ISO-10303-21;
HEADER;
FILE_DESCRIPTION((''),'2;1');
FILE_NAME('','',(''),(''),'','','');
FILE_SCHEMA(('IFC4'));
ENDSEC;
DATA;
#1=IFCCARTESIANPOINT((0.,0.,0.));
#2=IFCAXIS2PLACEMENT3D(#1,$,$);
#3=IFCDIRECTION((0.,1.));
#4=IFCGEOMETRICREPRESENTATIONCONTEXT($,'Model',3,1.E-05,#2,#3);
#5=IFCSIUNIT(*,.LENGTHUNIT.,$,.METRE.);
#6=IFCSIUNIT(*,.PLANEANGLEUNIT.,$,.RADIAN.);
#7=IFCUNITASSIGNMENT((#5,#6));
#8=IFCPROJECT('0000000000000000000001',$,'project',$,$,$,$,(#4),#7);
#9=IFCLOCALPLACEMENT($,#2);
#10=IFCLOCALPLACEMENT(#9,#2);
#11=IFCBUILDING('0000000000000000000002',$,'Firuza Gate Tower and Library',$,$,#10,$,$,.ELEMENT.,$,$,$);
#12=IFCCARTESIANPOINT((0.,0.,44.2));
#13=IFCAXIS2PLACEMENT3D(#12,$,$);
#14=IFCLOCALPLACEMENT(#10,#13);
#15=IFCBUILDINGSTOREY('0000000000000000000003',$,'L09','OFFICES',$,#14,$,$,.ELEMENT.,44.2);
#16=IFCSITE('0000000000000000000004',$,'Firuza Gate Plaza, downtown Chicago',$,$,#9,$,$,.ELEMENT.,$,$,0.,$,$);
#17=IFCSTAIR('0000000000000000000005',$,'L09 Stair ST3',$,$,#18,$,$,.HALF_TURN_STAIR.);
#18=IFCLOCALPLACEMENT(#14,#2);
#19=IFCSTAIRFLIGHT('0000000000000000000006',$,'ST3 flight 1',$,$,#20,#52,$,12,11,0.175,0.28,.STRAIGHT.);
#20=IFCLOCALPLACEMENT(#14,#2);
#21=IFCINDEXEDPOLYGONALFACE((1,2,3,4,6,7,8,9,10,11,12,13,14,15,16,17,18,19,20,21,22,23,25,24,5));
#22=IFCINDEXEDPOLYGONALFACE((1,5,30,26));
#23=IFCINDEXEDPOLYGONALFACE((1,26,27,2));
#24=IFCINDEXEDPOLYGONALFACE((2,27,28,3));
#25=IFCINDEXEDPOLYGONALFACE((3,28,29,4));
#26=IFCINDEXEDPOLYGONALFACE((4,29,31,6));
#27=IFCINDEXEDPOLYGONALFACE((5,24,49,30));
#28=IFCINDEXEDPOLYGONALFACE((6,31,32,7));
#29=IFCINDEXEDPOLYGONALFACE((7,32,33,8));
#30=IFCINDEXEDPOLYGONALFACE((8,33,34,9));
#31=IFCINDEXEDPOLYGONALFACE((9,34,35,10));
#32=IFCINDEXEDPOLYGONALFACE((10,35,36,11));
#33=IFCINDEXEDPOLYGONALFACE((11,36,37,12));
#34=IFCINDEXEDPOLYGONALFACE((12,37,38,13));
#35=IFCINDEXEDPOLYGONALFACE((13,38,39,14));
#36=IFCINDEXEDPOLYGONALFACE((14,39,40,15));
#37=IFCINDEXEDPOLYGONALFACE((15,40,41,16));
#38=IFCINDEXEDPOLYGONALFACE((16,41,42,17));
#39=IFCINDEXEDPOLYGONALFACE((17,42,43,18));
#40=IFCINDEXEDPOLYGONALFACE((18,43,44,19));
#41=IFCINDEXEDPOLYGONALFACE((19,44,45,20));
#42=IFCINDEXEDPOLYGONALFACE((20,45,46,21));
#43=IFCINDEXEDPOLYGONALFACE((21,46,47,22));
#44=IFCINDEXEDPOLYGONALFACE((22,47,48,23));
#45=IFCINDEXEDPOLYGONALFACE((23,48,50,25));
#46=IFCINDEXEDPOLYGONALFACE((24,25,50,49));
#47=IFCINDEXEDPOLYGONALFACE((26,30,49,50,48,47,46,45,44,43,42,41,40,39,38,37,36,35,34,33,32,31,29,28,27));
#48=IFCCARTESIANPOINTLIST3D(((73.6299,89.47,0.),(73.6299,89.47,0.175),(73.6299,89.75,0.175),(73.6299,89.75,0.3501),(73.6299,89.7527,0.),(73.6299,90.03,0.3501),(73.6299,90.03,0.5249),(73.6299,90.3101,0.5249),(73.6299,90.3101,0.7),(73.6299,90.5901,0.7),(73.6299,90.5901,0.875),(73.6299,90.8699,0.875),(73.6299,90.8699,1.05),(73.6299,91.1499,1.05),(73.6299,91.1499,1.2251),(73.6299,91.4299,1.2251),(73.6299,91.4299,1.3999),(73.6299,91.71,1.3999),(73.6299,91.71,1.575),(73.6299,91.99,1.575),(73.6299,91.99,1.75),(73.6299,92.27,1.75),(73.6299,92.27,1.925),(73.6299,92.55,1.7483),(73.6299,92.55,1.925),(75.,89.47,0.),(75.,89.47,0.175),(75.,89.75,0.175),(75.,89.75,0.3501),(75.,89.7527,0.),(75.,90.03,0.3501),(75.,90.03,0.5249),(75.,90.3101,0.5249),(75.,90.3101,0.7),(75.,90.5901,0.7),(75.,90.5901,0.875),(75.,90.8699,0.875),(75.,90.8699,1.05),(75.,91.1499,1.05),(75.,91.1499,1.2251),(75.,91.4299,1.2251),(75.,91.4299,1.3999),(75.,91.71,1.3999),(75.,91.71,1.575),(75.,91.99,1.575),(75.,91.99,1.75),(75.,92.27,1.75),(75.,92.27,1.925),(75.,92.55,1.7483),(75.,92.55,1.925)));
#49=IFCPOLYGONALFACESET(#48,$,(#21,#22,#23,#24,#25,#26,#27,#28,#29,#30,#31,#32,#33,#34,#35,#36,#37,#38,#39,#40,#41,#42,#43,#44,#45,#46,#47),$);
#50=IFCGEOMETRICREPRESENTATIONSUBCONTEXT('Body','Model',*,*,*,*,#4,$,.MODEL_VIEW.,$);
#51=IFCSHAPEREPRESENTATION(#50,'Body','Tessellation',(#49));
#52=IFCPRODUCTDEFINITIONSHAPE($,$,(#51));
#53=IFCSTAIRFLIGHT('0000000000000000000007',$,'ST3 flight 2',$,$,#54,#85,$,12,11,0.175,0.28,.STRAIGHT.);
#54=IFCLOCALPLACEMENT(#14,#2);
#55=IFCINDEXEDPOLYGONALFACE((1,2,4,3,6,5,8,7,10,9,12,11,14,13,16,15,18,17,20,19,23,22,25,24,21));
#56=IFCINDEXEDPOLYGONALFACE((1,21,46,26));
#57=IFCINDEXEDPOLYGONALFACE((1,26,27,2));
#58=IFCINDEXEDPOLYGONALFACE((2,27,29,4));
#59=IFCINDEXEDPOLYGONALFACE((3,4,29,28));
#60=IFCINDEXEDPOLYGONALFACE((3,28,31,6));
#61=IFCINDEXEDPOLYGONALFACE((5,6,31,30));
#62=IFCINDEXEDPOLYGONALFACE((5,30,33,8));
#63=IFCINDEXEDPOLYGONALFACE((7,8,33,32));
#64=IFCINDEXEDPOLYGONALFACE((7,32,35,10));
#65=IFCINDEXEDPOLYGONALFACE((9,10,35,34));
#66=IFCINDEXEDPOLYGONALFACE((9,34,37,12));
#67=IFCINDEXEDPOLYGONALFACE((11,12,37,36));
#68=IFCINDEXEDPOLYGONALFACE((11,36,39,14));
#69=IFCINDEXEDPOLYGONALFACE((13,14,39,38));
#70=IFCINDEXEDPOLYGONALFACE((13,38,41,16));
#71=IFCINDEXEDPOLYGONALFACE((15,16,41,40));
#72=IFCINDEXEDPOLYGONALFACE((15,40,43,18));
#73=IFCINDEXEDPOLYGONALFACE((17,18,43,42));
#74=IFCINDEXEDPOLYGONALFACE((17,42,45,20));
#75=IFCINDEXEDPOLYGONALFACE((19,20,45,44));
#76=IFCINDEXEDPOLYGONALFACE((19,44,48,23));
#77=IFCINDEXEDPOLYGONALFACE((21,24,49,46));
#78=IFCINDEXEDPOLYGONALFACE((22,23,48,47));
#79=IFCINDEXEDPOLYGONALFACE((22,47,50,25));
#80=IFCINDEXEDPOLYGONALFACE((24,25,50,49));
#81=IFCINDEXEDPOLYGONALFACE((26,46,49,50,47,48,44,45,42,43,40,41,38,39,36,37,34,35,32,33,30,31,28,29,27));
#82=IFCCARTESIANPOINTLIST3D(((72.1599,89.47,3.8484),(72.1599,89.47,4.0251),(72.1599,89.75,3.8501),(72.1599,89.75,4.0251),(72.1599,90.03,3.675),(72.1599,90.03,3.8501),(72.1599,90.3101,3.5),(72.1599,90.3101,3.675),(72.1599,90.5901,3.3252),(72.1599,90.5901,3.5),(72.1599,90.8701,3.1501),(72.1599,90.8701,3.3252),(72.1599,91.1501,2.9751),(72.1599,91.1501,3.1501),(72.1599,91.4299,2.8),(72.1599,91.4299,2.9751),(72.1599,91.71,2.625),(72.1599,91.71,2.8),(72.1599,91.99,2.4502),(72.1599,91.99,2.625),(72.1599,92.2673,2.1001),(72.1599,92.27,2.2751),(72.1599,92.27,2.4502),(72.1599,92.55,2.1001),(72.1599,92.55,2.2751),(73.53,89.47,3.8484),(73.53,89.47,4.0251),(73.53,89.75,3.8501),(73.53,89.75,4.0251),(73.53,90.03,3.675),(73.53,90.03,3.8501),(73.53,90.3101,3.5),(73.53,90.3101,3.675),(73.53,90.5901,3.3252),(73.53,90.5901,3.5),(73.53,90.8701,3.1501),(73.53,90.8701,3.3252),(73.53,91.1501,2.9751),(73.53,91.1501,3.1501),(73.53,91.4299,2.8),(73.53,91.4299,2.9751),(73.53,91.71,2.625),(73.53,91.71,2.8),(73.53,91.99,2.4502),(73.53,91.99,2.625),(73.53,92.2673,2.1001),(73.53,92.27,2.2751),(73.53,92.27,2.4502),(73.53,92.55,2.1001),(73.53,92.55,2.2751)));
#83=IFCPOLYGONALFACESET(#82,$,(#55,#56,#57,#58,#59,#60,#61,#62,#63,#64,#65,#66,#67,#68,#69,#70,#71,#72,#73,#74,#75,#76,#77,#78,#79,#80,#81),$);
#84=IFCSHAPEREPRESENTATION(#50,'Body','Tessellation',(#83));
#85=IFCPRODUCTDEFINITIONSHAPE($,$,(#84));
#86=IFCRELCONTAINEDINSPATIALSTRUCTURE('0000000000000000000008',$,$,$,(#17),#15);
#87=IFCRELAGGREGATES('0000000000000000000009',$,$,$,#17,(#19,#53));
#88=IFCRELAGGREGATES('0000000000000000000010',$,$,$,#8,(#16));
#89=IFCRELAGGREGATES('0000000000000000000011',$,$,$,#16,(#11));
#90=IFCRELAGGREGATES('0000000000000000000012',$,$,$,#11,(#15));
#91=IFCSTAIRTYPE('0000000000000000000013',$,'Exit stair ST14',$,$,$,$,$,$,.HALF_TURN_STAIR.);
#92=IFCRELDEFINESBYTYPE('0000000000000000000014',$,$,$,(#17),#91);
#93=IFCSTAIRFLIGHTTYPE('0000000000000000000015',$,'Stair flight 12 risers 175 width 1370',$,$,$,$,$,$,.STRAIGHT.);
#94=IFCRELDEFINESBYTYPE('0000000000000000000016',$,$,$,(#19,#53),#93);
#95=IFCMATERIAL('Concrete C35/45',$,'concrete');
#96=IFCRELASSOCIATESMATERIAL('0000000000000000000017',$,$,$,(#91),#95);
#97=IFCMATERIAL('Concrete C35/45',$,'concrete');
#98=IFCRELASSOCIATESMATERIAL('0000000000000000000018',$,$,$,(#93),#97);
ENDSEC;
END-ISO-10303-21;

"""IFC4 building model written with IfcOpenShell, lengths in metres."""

from ifc_helpers import new_model, si_unit, direction, frame, origin, place, context, subcontext, project, spatial, polyline, outline, extrude, material, type_object, element, aggregate, save


model = new_model("IFC4")

# Units and contexts
model_context = context("Model", 3, precision=1e-05, world=origin(), true_north=direction((0.0, 1.0)))
body_context = subcontext(model_context, "Body", "Model", "MODEL_VIEW")
ifc_project = project(units=[si_unit("LENGTHUNIT", "METRE"), si_unit("PLANEANGLEUNIT", "RADIAN")], contexts=[model_context])

# Site, building, storey
site_placement = place(None, origin())
site = spatial("IfcSite", under=ifc_project, at=site_placement, Name="Firuza Gate Plaza, downtown Chicago", CompositionType="ELEMENT", RefElevation=0.0)
building_placement = place(site_placement, origin())
building = spatial("IfcBuilding", under=site, at=building_placement, Name="Firuza Gate Tower and Library", CompositionType="ELEMENT")
storey_placement = place(building_placement, frame((0.0, 0.0, 44.2)))
storey = spatial("IfcBuildingStorey", under=building, at=storey_placement, Name="L09", Description="OFFICES", CompositionType="ELEMENT", Elevation=44.2)

# Shared definitions
placement = place(storey_placement, origin())

# Stair, stair flights
ifc_material_1 = material(Name="Concrete C35/45", Category="concrete")
stair_type = type_object("IfcStairType", Name="Exit stair ST14", PredefinedType="HALF_TURN_STAIR", material=ifc_material_1)
stair = element("IfcStair", 1, at=placement, inside=storey, type_object=stair_type, Name="L09 Stair ST3", PredefinedType="HALF_TURN_STAIR")
ifc_material_2 = material(Name="Concrete C35/45", Category="concrete")
stair_flight_type = type_object("IfcStairFlightType", Name="Stair flight 12 risers 175 width 1370", PredefinedType="STRAIGHT", material=ifc_material_2)
stair_flight_1_placement = place(storey_placement, frame((74.3149, 89.47, 0.0), z_axis=(0.0, 0.0, 1.0), x_axis=(0.0, 1.0, 0.0)))
stair_flight_1 = element("IfcStairFlight", 2, at=stair_flight_1_placement, type_object=stair_flight_type, Name="ST3 flight 1", NumberOfRisers=12, NumberOfTreads=11, PredefinedType="STRAIGHT", RiserHeight=0.175, TreadLength=0.28, context=body_context, shape_type="SweptSolid", body=[
    extrude(outline(polyline([(0.0, 0.0), (0.0, 0.175), (0.28, 0.175), (0.28, 0.3501), (0.5601, 0.3501), (0.5601, 0.5249), (0.8401, 0.5249), (0.8401, 0.7), (1.1201, 0.7), (1.1201, 0.875), (1.3999, 0.875), (1.3999, 1.05), (1.6799, 1.05), (1.6799, 1.2251), (1.96, 1.2251), (1.96, 1.3999), (2.24, 1.3999), (2.24, 1.575), (2.52, 1.575), (2.52, 1.75), (2.8, 1.75), (2.8, 1.925), (3.0801, 1.925), (3.0801, 2.1001), (3.0801, 1.7483), (0.2827, 0.0), (0.0, 0.0)])), frame((0.0, 0.6851, 0.0), z_axis=(0.0, -1.0, 0.0), x_axis=(1.0, 0.0, 0.0)), (0.0, 0.0, 1.0), 1.3701),
])
stair_flight_2_placement = place(storey_placement, frame((72.845, 92.55, 2.1001), z_axis=(0.0, 0.0, 1.0), x_axis=(0.0, -1.0, 0.0)))
stair_flight_2 = element("IfcStairFlight", 3, at=stair_flight_2_placement, type_object=stair_flight_type, Name="ST3 flight 2", NumberOfRisers=12, NumberOfTreads=11, PredefinedType="STRAIGHT", RiserHeight=0.175, TreadLength=0.28, context=body_context, shape_type="SweptSolid", body=[
    extrude(outline(polyline([(0.0, 0.0), (0.0, 0.175), (0.28, 0.175), (0.28, 0.3501), (0.5601, 0.3501), (0.5601, 0.5249), (0.8401, 0.5249), (0.8401, 0.7), (1.1201, 0.7), (1.1201, 0.875), (1.3999, 0.875), (1.3999, 1.05), (1.6799, 1.05), (1.6799, 1.2251), (1.96, 1.2251), (1.96, 1.3999), (2.24, 1.3999), (2.24, 1.575), (2.52, 1.575), (2.52, 1.75), (2.8, 1.75), (2.8, 1.925), (3.0801, 1.925), (3.0801, 2.1001), (3.0801, 1.7483), (0.2827, 0.0), (0.0, 0.0)])), frame((0.0, 0.6851, 0.0), z_axis=(0.0, -1.0, 0.0), x_axis=(1.0, 0.0, 0.0)), (0.0, 0.0, 1.0), 1.3701),
])
aggregate(stair, [stair_flight_1, stair_flight_2])

save(model, "model.ifc")
